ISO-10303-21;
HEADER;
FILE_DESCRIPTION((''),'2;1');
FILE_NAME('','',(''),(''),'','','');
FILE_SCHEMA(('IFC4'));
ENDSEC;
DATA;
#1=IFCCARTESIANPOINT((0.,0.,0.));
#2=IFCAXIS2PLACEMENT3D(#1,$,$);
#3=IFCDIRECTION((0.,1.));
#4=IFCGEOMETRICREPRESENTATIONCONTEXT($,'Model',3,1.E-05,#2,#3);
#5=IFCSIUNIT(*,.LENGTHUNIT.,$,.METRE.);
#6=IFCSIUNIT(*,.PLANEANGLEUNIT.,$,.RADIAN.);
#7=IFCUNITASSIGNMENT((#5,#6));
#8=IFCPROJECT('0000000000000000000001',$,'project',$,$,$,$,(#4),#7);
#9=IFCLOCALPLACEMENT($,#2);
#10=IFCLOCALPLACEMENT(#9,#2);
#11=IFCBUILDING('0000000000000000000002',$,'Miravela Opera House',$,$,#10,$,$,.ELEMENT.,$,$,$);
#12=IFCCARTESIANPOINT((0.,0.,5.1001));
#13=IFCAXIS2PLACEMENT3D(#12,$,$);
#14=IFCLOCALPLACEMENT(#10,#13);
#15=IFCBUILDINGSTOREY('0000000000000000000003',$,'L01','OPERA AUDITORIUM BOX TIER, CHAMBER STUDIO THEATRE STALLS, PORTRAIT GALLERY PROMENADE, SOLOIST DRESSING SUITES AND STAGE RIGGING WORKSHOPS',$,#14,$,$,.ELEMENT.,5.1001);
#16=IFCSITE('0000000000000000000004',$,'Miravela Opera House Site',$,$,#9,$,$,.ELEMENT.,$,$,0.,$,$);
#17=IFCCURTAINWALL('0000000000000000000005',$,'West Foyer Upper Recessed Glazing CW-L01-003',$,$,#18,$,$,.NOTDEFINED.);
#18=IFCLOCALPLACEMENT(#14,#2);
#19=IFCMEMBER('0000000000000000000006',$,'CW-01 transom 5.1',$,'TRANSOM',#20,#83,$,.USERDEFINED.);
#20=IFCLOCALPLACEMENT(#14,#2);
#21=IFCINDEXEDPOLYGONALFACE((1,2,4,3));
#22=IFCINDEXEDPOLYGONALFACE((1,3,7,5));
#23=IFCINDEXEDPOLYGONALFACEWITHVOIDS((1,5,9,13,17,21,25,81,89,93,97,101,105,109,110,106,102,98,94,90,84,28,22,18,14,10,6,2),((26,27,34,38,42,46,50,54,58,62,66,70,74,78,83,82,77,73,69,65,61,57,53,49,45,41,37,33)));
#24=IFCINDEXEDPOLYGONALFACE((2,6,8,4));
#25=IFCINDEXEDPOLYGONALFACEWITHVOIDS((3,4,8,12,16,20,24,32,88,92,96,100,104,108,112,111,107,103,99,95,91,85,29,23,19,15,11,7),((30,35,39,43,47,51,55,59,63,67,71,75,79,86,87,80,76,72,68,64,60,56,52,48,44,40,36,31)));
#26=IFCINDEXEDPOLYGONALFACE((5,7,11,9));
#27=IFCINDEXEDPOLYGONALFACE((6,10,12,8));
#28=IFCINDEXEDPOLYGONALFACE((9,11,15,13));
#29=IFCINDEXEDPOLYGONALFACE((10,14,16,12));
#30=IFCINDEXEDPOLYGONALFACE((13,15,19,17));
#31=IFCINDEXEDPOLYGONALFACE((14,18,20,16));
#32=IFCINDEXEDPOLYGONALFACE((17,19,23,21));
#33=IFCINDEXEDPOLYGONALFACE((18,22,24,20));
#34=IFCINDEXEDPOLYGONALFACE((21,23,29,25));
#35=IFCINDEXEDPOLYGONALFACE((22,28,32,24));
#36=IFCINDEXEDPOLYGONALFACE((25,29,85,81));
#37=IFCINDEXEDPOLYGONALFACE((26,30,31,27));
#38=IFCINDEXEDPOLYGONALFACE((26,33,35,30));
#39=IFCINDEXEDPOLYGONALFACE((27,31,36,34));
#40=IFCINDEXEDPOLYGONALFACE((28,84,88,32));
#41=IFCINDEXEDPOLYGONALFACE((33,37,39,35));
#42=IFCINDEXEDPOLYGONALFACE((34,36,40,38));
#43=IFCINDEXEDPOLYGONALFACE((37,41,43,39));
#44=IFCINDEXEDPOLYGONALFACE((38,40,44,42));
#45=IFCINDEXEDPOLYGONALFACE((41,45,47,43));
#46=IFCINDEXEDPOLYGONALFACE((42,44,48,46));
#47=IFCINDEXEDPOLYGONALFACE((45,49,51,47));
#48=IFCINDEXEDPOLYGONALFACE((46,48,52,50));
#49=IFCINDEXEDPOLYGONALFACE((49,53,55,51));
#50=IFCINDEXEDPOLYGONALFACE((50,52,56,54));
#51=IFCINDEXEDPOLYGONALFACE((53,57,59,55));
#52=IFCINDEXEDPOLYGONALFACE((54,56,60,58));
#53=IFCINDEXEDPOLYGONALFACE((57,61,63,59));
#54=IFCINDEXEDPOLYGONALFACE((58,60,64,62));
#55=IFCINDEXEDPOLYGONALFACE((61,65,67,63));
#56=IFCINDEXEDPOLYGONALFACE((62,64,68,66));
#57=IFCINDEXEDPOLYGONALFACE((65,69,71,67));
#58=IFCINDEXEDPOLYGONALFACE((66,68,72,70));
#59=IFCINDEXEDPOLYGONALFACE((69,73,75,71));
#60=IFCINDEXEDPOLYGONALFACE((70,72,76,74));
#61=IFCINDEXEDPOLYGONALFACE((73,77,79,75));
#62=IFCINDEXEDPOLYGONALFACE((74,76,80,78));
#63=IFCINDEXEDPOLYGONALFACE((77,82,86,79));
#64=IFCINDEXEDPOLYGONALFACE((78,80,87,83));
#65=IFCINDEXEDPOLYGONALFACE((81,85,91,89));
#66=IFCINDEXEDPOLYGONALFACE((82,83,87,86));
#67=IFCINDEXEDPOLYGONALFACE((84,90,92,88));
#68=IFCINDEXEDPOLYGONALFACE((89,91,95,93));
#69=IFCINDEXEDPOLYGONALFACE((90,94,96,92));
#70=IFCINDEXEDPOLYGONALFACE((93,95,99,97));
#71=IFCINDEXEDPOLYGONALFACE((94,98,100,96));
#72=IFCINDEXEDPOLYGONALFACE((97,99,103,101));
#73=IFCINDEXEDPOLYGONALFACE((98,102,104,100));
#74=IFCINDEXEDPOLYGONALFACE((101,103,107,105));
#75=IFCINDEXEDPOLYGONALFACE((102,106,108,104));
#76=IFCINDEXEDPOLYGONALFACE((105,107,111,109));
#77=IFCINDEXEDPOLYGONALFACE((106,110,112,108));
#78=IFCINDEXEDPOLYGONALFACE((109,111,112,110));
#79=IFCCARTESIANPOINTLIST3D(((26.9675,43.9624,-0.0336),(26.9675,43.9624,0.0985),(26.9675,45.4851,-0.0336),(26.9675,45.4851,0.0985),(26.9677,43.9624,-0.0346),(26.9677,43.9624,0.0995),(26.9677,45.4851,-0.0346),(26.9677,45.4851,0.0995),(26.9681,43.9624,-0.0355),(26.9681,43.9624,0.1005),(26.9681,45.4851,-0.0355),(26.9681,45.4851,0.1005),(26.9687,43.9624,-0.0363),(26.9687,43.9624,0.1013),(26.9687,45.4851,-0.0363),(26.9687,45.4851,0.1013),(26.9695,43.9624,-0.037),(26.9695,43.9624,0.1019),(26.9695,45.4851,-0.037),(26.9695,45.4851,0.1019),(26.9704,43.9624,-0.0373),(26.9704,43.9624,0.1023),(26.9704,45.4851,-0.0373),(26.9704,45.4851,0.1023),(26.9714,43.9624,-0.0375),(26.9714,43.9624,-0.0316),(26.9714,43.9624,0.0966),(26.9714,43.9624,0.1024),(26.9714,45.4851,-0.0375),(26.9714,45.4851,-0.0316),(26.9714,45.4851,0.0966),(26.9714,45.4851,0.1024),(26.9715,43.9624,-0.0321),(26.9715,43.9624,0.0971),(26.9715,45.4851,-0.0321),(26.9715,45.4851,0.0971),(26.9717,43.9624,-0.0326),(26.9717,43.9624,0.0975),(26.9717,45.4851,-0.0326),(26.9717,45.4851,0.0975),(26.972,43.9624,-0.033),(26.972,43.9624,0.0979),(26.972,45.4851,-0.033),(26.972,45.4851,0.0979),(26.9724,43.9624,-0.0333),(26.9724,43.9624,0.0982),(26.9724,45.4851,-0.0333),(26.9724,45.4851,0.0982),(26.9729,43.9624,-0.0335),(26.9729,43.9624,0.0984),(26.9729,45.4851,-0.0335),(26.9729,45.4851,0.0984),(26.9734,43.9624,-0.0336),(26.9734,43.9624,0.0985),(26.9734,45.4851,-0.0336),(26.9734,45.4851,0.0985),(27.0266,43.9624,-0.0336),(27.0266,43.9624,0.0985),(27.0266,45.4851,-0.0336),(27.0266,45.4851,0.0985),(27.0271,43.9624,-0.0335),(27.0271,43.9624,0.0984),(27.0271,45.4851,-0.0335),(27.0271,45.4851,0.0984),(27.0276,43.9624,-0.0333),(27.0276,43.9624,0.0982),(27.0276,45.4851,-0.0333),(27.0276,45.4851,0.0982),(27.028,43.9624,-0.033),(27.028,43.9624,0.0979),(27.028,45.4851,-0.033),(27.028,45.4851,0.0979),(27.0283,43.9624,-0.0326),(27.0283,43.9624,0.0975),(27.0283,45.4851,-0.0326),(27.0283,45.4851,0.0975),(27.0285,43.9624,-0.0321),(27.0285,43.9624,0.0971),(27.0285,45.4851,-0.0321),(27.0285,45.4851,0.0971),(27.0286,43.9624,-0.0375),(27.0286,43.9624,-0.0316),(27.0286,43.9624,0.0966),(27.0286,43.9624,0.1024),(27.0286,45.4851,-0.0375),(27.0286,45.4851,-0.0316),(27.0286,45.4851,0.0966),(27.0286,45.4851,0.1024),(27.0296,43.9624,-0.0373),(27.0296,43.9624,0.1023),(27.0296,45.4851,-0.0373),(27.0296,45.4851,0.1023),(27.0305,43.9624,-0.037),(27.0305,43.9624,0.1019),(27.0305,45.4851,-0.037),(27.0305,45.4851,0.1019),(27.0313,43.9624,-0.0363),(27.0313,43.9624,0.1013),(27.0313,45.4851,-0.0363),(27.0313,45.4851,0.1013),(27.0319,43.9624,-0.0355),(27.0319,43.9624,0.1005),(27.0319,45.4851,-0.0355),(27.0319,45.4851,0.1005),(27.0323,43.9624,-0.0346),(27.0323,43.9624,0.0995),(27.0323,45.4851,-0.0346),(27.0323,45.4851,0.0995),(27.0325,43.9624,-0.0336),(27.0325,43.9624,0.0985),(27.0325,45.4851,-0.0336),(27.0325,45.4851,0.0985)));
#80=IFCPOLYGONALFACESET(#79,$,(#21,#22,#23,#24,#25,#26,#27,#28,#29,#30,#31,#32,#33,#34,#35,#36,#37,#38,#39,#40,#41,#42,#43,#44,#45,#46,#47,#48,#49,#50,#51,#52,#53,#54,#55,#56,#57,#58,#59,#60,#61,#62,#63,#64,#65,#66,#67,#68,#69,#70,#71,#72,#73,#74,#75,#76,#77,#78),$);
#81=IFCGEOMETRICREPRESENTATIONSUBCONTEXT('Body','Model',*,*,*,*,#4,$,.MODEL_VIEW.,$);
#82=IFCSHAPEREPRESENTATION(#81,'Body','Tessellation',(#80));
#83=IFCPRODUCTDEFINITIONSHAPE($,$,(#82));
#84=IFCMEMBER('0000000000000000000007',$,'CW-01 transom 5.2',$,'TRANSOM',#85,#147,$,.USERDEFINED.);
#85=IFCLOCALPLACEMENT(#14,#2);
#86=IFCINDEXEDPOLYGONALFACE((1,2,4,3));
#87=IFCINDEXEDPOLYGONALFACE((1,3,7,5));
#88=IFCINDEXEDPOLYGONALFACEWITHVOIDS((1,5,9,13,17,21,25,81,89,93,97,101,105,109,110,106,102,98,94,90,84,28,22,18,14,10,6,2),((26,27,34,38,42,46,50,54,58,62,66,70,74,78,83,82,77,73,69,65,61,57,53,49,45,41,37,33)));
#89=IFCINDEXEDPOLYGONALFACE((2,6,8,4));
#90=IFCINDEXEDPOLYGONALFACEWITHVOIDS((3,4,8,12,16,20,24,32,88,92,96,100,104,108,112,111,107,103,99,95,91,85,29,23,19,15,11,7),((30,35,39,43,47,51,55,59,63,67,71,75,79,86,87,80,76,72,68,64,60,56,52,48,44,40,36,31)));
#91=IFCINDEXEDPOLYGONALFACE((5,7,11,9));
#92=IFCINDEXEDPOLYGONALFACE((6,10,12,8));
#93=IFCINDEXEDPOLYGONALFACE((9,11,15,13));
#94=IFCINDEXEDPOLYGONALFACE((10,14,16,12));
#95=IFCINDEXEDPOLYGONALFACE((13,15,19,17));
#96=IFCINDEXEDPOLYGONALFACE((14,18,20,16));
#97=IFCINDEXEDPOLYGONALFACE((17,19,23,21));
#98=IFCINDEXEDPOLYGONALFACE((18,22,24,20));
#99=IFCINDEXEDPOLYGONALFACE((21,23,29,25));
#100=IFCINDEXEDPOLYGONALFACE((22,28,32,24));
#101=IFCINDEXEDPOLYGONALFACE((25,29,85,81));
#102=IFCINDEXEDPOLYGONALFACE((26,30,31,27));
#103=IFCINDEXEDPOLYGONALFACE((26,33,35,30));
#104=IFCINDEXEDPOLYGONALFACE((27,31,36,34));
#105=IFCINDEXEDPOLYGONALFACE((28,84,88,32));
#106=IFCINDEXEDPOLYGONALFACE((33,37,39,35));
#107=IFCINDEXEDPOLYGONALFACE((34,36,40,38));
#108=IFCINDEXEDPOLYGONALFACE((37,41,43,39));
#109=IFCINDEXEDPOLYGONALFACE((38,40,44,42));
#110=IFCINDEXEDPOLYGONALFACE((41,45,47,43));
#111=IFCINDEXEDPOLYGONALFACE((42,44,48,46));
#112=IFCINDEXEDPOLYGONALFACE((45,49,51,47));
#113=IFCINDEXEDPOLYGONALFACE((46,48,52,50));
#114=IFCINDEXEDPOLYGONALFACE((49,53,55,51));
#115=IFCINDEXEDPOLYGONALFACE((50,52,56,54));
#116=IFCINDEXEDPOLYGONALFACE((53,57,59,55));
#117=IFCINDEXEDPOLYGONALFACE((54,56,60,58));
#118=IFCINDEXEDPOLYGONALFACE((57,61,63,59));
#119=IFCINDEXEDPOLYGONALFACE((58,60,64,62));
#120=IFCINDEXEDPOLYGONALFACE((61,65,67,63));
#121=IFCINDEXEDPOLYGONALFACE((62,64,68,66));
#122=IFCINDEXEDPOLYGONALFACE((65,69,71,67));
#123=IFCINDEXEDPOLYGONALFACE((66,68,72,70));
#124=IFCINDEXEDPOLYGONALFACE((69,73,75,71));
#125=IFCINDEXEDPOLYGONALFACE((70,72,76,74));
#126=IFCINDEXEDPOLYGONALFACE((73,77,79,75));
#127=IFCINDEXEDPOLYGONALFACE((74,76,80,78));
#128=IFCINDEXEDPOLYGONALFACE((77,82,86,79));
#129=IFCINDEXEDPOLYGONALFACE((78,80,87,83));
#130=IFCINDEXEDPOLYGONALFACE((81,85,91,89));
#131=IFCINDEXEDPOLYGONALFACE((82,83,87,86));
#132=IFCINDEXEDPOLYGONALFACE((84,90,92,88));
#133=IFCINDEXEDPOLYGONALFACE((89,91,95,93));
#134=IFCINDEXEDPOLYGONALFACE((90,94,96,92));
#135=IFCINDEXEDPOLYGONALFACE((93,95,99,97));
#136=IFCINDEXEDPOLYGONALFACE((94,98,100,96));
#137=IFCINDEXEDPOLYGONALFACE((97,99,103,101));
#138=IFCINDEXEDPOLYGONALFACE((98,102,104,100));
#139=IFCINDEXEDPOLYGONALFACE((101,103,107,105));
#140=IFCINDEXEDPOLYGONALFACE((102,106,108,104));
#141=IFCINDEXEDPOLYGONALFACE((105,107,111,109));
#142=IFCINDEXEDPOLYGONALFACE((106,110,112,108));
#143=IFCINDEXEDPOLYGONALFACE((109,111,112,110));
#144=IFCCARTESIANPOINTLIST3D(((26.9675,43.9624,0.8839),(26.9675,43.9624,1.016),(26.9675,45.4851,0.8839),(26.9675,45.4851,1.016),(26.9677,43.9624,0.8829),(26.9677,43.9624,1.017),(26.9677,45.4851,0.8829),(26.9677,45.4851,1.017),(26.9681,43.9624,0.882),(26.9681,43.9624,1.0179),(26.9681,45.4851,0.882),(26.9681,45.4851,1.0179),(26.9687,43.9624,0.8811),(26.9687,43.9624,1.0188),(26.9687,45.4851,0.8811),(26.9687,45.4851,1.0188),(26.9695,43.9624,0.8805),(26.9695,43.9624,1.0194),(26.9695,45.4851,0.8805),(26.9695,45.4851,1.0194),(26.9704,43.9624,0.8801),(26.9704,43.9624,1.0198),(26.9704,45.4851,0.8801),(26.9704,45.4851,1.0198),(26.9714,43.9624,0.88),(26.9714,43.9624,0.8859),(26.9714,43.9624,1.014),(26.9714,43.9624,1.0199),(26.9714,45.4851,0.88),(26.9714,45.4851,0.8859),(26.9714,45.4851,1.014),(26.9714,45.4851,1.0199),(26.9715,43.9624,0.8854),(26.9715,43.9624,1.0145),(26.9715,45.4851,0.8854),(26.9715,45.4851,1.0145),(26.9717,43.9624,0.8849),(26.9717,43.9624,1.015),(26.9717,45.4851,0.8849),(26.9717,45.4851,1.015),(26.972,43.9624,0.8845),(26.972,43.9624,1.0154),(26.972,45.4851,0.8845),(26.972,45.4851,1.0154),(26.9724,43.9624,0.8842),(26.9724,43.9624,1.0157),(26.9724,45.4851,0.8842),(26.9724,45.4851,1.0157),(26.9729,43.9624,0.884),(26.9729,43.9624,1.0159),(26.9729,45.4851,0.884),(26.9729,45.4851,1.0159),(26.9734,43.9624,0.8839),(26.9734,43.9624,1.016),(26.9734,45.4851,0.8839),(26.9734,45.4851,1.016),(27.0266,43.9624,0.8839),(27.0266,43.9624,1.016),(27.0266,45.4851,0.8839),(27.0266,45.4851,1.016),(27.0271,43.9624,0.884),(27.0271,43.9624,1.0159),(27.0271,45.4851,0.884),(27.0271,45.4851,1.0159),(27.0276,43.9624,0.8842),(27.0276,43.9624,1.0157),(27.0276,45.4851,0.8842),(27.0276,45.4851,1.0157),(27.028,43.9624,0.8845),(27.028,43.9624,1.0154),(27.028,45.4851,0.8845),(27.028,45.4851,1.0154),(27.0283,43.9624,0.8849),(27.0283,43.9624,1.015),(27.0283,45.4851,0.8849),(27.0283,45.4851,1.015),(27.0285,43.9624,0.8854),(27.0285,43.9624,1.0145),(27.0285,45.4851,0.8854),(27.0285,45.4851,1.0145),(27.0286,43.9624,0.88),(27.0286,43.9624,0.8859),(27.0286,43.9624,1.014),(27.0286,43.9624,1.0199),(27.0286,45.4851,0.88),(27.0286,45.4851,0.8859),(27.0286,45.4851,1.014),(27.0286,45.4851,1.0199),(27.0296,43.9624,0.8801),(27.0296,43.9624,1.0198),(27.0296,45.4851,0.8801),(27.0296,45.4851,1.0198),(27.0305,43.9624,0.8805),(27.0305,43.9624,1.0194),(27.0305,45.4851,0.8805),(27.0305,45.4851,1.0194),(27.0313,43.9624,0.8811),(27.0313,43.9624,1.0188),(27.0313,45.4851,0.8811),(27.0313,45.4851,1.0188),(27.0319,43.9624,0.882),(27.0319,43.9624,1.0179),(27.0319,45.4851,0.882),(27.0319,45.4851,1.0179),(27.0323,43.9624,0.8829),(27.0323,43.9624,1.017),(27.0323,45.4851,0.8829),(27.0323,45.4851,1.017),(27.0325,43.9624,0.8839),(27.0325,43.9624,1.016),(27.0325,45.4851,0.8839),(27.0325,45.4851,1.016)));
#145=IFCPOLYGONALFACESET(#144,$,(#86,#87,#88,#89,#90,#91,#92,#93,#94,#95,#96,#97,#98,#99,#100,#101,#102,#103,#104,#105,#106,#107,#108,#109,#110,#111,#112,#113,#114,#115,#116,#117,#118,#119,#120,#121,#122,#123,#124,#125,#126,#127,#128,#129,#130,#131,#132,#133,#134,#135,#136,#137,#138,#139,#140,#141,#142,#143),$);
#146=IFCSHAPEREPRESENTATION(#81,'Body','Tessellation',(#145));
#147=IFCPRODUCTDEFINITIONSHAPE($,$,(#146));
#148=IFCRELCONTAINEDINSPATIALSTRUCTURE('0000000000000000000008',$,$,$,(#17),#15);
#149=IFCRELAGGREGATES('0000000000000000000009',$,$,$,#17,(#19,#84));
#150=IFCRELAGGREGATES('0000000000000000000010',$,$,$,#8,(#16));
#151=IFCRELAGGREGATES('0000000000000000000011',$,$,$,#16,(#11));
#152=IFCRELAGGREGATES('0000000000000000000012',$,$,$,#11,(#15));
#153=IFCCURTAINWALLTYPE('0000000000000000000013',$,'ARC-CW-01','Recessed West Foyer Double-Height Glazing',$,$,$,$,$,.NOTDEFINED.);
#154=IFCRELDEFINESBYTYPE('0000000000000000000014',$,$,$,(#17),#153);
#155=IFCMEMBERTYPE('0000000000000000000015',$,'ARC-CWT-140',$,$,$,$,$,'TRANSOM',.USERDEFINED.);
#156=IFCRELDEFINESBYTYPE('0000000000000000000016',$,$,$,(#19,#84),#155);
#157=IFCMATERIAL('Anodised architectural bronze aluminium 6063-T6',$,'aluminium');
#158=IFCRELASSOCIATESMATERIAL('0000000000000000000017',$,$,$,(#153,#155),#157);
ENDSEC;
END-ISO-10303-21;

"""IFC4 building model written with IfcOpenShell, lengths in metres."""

from ifc_helpers import new_model, si_unit, direction, frame, origin, origin_2d, place, context, subcontext, project, spatial, hollow_rectangle, extrude, material, material_profile, profile_set, type_object, element, aggregate, save


model = new_model("IFC4")

# Units and contexts
model_context = context("Model", 3, precision=1e-05, world=origin(), true_north=direction((0.0, 1.0)))
body_context = subcontext(model_context, "Body", "Model", "MODEL_VIEW")
ifc_project = project(units=[si_unit("LENGTHUNIT", "METRE"), si_unit("PLANEANGLEUNIT", "RADIAN")], contexts=[model_context])

# Site, building, storey
site_placement = place(None, origin())
site = spatial("IfcSite", under=ifc_project, at=site_placement, Name="Miravela Opera House Site", CompositionType="ELEMENT", RefElevation=0.0)
building_placement = place(site_placement, origin())
building = spatial("IfcBuilding", under=site, at=building_placement, Name="Miravela Opera House", CompositionType="ELEMENT")
storey_placement = place(building_placement, frame((0.0, 0.0, 5.1001)))
storey = spatial("IfcBuildingStorey", under=building, at=storey_placement, Name="L01", Description="OPERA AUDITORIUM BOX TIER, CHAMBER STUDIO THEATRE STALLS, PORTRAIT GALLERY PROMENADE, SOLOIST DRESSING SUITES AND STAGE RIGGING WORKSHOPS", CompositionType="ELEMENT", Elevation=5.1001)

# Curtain wall
ifc_material_1 = material(Name="Anodised architectural bronze aluminium 6063-T6", Category="aluminium")
curtain_wall_type = type_object("IfcCurtainWallType", Name="ARC-CW-01", Description="Recessed West Foyer Double-Height Glazing", PredefinedType="NOTDEFINED", material=ifc_material_1)
curtain_wall_1_placement = place(storey_placement, origin())
curtain_wall_1 = element("IfcCurtainWall", 1, at=curtain_wall_1_placement, inside=storey, type_object=curtain_wall_type, Name="West Foyer Upper Recessed Glazing CW-L01-003", PredefinedType="NOTDEFINED")

# Members
ifc_material_profile_1 = material_profile(ifc_material_1, hollow_rectangle(XDim=0.0649, YDim=0.1399, WallThickness=0.0039, InnerFilletRadius=0.002, OuterFilletRadius=0.0039, at=origin_2d()), Name="CWT-65X140")
ifc_profile_set_1 = profile_set([ifc_material_profile_1])
member_type_1 = type_object("IfcMemberType", Name="ARC-CWT-140", ElementType="TRANSOM", PredefinedType="USERDEFINED", material=ifc_profile_set_1)
member_1_placement = place(storey_placement, frame((27.0, 43.9624, 0.0325), z_axis=(0.0, 1.0, 0.0), x_axis=(-1.0, 0.0, 0.0)))
member_1 = element("IfcMember", 2, at=member_1_placement, type_object=member_type_1, Name="CW-01 transom 5.1", ObjectType="TRANSOM", PredefinedType="USERDEFINED", context=body_context, shape_type="SweptSolid", body=[
    extrude(hollow_rectangle(XDim=0.0649, YDim=0.1399, WallThickness=0.0039, InnerFilletRadius=0.002, OuterFilletRadius=0.0039, at=origin_2d()), origin(), (0.0, 0.0, 1.0), 1.5227),
])
member_2_placement = place(storey_placement, frame((27.0, 43.9624, 0.95), z_axis=(0.0, 1.0, 0.0), x_axis=(-1.0, 0.0, 0.0)))
member_2 = element("IfcMember", 3, at=member_2_placement, type_object=member_type_1, Name="CW-01 transom 5.2", ObjectType="TRANSOM", PredefinedType="USERDEFINED", context=body_context, shape_type="SweptSolid", body=[
    extrude(hollow_rectangle(XDim=0.0649, YDim=0.1399, WallThickness=0.0039, InnerFilletRadius=0.002, OuterFilletRadius=0.0039, at=origin_2d()), origin(), (0.0, 0.0, 1.0), 1.5227),
])

aggregate(curtain_wall_1, [member_1, member_2])

save(model, "model.ifc")
